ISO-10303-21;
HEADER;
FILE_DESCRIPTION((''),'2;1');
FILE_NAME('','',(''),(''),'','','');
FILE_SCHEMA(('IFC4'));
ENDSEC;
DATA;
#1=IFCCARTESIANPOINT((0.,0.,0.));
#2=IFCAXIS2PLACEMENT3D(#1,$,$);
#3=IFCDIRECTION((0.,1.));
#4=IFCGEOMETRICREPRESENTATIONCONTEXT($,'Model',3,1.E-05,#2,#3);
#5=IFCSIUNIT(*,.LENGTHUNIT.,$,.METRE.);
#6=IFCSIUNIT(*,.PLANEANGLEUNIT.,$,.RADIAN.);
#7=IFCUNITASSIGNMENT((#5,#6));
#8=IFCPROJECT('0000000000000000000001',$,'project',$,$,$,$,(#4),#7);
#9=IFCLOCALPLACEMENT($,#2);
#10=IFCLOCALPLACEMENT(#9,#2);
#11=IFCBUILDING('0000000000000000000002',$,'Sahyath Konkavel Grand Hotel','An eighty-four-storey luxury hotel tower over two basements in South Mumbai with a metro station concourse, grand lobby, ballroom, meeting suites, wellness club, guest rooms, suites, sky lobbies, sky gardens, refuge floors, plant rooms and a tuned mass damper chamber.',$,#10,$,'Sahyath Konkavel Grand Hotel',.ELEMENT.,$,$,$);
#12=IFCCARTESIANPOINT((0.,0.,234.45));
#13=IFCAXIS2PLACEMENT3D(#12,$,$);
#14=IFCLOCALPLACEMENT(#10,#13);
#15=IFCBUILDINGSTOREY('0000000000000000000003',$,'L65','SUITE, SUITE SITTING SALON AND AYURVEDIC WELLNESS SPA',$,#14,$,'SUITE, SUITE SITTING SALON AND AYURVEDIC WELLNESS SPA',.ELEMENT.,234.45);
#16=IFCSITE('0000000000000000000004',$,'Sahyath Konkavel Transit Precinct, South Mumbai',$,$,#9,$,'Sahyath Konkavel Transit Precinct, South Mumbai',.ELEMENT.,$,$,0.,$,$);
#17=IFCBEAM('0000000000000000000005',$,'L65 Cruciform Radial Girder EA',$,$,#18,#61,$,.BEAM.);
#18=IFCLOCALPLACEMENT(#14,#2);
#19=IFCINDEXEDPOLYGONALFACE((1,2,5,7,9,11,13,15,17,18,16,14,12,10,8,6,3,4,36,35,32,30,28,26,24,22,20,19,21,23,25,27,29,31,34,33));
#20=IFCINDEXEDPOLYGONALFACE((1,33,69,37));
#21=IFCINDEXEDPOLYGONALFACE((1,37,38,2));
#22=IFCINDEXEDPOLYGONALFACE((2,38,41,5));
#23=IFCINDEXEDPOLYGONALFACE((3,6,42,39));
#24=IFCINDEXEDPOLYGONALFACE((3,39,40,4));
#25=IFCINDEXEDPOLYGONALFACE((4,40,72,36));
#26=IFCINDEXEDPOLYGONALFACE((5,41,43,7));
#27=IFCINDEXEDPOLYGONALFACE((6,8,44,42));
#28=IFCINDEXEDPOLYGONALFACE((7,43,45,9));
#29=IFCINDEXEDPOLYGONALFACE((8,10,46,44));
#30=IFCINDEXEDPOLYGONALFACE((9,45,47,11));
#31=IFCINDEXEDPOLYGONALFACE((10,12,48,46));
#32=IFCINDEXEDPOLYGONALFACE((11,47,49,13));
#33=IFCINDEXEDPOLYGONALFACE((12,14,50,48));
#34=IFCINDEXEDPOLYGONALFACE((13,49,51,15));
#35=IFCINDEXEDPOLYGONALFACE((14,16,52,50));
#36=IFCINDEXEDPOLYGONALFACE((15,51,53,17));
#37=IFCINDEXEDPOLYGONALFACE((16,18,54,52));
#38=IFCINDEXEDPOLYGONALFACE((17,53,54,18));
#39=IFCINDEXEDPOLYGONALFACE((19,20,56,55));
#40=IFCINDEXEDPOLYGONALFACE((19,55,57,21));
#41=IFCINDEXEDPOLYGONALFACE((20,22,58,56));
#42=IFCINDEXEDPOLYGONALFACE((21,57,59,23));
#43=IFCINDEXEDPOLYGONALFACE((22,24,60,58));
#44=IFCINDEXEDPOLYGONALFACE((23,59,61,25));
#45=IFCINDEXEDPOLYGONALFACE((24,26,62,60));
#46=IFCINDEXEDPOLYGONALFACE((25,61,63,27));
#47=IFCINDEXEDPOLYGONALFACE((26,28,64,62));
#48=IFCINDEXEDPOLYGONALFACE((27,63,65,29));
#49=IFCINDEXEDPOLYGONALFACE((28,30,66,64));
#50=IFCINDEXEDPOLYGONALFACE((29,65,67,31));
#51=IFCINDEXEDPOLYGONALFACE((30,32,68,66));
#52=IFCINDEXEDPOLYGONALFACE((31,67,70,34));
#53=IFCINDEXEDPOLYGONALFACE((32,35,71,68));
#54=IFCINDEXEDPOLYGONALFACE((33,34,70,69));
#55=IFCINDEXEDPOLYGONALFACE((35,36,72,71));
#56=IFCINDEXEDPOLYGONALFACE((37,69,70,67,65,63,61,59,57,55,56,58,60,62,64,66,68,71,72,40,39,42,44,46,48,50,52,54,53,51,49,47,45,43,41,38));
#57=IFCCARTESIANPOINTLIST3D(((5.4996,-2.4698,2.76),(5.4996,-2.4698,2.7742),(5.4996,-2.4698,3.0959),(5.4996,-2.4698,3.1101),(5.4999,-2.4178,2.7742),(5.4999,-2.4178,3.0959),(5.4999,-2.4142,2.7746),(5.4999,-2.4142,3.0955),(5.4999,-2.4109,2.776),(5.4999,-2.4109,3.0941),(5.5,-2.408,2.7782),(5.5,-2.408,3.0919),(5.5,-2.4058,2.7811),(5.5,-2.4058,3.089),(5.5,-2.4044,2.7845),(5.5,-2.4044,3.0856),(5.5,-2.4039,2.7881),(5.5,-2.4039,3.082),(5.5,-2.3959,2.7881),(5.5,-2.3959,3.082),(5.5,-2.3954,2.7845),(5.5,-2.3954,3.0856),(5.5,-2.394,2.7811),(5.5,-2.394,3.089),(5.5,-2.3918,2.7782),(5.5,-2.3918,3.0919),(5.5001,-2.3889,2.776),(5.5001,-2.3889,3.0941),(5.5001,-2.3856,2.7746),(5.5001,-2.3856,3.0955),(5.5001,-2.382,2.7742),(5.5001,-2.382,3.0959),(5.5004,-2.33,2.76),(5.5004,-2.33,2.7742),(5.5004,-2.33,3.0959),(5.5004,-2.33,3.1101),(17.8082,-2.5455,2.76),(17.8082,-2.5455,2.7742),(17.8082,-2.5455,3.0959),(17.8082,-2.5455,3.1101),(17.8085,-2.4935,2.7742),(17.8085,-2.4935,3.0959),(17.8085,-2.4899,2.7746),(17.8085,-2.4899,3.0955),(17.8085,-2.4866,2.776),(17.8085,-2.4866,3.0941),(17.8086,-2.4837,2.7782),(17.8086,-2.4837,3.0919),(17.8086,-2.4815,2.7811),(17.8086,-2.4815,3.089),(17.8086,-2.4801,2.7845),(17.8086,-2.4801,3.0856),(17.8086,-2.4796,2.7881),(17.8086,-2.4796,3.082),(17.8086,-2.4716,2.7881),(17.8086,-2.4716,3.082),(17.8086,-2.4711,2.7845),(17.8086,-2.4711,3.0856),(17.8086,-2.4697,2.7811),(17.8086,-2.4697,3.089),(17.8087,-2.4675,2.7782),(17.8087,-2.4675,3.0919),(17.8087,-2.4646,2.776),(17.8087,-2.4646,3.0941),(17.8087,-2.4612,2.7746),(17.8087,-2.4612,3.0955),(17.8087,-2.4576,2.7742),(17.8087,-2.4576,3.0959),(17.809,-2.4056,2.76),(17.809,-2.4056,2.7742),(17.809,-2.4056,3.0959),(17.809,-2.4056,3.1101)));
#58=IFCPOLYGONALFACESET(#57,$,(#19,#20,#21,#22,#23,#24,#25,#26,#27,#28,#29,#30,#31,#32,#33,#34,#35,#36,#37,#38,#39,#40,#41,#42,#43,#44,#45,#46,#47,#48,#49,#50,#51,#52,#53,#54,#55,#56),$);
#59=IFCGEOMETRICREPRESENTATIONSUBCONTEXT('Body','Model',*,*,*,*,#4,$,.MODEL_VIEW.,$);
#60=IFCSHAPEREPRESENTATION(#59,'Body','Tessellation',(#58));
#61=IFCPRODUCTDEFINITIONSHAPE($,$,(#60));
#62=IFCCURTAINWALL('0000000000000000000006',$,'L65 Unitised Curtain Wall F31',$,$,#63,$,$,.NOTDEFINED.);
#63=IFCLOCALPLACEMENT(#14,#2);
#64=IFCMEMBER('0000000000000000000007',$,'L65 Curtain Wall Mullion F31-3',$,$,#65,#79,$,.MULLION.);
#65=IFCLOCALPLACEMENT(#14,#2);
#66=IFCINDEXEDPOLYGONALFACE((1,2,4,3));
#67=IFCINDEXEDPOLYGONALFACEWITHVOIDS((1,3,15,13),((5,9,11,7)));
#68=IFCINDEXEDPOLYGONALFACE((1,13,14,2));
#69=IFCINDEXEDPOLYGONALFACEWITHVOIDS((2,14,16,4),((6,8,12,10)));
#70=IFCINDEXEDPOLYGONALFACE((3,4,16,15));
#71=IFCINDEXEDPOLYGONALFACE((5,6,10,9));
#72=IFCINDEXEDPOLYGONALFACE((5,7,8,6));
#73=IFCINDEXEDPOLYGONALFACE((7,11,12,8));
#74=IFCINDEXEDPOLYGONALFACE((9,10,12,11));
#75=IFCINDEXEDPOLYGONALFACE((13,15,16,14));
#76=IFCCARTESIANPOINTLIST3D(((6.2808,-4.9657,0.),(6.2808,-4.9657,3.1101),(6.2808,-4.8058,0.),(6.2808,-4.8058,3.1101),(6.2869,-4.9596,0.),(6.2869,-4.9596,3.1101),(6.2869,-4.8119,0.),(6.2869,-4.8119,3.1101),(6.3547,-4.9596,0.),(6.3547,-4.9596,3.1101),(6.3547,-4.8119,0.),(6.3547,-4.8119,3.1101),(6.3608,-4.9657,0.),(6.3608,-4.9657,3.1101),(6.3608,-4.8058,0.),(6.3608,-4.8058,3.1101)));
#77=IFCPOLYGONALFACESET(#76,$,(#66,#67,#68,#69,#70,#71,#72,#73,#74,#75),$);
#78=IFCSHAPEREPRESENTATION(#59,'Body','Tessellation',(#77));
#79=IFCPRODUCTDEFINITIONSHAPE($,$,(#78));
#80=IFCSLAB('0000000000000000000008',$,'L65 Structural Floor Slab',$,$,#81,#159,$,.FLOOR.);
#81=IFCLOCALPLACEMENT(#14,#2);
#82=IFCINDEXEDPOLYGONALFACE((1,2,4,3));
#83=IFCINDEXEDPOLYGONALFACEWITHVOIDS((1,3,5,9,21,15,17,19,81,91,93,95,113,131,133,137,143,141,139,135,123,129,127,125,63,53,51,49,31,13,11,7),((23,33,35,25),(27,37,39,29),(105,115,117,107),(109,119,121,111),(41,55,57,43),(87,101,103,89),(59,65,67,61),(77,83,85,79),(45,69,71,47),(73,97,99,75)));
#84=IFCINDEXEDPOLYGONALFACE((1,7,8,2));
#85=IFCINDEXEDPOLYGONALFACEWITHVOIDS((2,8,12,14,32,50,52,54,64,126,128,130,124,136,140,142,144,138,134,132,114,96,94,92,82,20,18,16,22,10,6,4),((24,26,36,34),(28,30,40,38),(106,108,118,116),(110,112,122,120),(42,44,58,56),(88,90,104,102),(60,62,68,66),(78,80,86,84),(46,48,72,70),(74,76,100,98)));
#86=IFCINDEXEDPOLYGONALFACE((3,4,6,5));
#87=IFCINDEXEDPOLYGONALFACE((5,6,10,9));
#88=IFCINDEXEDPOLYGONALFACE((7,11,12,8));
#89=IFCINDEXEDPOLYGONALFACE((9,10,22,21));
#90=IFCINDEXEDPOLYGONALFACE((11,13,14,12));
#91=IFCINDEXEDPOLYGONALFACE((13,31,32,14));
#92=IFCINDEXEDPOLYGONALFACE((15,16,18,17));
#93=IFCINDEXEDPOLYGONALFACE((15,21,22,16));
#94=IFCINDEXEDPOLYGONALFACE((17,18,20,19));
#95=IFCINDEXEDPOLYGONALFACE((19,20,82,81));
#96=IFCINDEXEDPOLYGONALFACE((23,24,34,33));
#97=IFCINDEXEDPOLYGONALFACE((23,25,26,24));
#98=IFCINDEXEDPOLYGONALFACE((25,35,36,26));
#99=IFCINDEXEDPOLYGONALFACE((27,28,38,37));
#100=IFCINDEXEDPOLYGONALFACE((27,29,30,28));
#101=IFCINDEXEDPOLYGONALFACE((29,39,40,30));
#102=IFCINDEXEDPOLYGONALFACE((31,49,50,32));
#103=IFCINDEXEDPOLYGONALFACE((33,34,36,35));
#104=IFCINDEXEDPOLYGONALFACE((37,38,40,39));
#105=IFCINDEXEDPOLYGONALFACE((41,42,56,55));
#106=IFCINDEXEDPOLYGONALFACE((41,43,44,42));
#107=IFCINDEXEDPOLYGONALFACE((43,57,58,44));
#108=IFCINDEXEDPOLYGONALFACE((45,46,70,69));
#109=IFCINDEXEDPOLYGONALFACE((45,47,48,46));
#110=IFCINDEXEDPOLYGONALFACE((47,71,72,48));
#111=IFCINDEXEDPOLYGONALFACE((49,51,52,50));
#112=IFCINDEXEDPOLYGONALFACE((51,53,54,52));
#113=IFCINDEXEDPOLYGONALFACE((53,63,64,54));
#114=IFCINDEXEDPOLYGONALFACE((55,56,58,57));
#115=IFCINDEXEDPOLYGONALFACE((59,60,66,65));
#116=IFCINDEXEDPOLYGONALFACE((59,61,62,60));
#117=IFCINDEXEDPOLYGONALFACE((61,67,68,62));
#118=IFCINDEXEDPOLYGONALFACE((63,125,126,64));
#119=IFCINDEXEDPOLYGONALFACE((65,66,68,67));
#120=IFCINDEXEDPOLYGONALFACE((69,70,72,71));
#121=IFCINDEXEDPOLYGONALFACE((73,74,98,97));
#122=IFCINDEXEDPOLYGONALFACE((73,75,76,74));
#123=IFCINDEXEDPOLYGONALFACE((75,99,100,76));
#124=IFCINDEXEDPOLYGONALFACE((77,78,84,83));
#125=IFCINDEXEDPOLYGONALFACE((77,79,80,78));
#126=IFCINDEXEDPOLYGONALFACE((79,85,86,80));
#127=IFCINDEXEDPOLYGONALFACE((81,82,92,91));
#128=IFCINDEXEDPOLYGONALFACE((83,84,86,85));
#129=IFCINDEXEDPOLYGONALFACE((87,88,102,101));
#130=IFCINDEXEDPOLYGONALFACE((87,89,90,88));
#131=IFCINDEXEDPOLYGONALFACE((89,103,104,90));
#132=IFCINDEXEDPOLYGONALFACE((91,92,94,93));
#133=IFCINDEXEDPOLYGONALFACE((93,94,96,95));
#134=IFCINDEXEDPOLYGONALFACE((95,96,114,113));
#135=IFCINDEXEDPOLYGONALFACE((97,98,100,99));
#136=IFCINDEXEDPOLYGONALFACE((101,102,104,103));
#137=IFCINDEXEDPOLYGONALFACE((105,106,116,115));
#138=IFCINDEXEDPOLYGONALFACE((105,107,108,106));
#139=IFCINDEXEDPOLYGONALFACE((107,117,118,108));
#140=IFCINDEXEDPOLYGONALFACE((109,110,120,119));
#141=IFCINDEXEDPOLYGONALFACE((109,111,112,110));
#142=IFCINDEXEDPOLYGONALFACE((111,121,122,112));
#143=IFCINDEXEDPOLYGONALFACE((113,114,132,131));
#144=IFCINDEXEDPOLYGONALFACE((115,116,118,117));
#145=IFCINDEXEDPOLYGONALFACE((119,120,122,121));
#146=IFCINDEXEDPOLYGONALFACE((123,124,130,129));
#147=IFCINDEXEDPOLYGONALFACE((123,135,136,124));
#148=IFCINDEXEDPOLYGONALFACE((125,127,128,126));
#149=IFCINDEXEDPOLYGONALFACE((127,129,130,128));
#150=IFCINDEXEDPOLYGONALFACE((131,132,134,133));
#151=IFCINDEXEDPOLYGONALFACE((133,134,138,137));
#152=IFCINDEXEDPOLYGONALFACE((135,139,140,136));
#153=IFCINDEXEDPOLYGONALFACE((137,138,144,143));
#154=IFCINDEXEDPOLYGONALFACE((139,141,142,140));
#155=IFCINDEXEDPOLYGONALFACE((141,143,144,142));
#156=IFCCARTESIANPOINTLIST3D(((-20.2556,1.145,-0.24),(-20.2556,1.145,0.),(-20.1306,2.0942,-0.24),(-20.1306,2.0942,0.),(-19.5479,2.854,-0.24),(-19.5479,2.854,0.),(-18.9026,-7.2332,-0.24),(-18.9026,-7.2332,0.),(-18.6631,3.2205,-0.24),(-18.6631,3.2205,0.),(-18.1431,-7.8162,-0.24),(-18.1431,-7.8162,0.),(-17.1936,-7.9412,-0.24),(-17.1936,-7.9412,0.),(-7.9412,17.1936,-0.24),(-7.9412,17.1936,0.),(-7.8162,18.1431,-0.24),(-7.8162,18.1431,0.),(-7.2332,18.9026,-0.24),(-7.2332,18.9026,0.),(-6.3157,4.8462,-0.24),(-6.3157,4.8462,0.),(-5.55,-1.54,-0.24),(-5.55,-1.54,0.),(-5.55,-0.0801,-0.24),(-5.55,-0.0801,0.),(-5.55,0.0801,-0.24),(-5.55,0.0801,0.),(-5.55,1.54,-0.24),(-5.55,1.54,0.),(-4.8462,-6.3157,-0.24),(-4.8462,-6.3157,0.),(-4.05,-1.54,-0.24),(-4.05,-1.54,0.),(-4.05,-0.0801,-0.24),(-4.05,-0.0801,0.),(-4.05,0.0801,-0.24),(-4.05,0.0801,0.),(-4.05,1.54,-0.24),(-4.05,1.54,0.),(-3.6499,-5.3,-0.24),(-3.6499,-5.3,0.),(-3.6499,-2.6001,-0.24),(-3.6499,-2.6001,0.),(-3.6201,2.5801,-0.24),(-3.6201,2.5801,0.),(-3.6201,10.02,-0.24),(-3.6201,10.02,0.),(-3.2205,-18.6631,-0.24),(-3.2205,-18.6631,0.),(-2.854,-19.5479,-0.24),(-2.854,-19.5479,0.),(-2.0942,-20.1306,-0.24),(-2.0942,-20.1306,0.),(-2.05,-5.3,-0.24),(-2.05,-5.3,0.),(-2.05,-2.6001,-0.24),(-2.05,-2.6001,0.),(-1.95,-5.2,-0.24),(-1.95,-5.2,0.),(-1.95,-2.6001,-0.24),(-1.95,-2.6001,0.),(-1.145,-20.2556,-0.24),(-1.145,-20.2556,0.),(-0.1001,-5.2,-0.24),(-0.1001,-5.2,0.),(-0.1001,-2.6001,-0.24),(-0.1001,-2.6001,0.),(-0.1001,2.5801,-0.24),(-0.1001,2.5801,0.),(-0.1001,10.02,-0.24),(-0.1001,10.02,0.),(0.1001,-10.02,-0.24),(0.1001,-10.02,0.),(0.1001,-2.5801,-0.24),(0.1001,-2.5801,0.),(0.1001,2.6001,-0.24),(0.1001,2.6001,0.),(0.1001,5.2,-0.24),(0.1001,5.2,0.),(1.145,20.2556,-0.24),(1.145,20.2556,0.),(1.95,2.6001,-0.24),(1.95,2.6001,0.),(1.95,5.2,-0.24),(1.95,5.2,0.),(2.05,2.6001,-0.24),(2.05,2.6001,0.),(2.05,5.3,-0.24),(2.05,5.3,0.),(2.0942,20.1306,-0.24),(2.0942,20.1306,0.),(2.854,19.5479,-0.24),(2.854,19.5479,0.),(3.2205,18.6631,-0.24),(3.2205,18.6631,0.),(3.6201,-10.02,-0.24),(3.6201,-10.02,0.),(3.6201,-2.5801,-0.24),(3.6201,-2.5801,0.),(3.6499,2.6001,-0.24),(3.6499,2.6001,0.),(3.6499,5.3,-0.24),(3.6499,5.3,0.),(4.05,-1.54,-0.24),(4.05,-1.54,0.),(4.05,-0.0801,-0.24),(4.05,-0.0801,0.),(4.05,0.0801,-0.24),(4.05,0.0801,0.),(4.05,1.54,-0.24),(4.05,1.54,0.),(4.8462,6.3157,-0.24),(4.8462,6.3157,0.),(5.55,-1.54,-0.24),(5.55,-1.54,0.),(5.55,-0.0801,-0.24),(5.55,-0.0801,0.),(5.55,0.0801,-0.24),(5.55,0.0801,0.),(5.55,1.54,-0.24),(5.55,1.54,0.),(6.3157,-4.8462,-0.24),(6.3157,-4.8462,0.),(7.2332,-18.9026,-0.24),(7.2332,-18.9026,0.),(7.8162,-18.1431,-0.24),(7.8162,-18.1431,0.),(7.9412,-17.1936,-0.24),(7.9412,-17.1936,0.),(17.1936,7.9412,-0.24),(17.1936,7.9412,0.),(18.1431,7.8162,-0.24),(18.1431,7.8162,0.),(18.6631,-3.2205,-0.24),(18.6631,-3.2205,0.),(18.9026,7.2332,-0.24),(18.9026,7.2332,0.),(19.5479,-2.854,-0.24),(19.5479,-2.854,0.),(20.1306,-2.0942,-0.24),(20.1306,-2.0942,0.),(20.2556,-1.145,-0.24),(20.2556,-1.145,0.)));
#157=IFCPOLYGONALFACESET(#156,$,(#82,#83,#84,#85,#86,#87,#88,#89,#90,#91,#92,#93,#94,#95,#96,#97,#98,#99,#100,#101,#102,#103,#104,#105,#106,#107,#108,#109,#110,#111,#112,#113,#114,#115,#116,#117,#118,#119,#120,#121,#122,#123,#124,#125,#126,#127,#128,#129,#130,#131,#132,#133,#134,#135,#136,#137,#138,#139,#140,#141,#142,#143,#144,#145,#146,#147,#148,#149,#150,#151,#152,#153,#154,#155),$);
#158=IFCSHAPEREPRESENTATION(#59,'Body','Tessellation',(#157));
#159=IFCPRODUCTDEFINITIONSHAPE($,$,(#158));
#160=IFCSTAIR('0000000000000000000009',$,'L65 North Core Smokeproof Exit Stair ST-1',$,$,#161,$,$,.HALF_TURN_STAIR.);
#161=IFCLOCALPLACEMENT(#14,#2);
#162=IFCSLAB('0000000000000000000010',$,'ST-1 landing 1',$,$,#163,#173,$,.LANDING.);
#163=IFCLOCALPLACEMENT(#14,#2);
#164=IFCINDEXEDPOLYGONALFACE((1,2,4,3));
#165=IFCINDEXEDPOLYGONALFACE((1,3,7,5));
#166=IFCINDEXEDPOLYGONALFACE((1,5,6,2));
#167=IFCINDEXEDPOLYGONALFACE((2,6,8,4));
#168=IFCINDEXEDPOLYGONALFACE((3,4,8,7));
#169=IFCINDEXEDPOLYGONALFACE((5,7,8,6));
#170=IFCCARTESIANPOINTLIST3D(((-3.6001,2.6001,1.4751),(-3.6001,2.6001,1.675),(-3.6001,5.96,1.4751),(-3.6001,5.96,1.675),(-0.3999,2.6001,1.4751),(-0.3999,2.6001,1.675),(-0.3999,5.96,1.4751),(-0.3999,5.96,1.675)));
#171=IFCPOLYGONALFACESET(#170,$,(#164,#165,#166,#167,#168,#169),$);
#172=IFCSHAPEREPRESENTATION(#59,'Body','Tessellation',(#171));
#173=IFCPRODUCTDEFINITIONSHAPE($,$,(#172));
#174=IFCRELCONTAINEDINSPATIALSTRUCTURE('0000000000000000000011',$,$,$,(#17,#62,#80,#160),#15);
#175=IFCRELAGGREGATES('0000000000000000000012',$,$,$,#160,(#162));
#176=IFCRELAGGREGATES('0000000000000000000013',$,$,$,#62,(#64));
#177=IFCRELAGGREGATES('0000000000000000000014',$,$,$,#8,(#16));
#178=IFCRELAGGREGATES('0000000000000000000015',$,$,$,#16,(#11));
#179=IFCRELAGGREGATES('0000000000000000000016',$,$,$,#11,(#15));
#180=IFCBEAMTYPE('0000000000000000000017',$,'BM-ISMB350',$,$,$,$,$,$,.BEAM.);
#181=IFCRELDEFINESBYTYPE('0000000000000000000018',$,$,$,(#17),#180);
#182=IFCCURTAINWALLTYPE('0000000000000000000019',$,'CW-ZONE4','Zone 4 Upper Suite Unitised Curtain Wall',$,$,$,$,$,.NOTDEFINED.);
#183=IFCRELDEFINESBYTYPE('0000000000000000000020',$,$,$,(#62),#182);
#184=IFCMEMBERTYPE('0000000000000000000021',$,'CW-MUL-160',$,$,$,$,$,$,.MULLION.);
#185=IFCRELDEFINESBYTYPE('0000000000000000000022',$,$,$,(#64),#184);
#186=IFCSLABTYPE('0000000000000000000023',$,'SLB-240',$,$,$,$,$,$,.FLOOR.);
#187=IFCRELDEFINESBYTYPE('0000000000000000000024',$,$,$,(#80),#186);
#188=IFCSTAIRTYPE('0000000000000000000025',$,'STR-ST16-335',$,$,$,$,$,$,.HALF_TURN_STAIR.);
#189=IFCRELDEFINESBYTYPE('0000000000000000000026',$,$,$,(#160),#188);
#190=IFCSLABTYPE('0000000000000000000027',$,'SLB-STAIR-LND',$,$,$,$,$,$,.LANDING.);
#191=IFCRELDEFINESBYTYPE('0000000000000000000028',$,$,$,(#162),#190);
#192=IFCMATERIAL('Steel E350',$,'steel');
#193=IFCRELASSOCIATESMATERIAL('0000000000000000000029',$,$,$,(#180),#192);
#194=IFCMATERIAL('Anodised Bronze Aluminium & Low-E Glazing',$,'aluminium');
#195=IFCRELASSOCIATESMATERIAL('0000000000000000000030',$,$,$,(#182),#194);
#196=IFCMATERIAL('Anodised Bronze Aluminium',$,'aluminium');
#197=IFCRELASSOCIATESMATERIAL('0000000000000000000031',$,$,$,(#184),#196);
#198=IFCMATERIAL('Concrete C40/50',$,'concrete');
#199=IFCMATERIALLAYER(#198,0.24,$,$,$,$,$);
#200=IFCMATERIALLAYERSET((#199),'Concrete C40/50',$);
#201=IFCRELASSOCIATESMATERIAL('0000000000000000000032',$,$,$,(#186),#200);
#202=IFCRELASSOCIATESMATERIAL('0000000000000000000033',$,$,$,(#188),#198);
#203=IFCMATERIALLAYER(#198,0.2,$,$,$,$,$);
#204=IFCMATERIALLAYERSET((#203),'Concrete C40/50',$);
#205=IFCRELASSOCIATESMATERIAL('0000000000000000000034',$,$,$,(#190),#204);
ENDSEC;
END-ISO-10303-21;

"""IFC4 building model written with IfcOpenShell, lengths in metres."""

from ifc_helpers import new_model, si_unit, direction, frame, origin, origin_2d, place, context, subcontext, project, spatial, polyline, hollow_rectangle, i_section, outline, extrude, source, transform, mapped, material, layer, layer_set, material_profile, profile_set, type_object, element, aggregate, save


model = new_model("IFC4")

# Units and contexts
model_context = context("Model", 3, precision=1e-05, world=origin(), true_north=direction((0.0, 1.0)))
body_context = subcontext(model_context, "Body", "Model", "MODEL_VIEW")
ifc_project = project(units=[si_unit("LENGTHUNIT", "METRE"), si_unit("PLANEANGLEUNIT", "RADIAN")], contexts=[model_context])

# Site, building, storey
site_placement = place(None, origin())
site = spatial("IfcSite", under=ifc_project, at=site_placement, Name="Sahyath Konkavel Transit Precinct, South Mumbai", LongName="Sahyath Konkavel Transit Precinct, South Mumbai", CompositionType="ELEMENT", RefElevation=0.0)
building_placement = place(site_placement, origin())
building = spatial("IfcBuilding", under=site, at=building_placement, Name="Sahyath Konkavel Grand Hotel", Description="An eighty-four-storey luxury hotel tower over two basements in South Mumbai with a metro station concourse, grand lobby, ballroom, meeting suites, wellness club, guest rooms, suites, sky lobbies, sky gardens, refuge floors, plant rooms and a tuned mass damper chamber.", LongName="Sahyath Konkavel Grand Hotel", CompositionType="ELEMENT")
storey_placement = place(building_placement, frame((0.0, 0.0, 234.45)))
storey = spatial("IfcBuildingStorey", under=building, at=storey_placement, Name="L65", Description="SUITE, SUITE SITTING SALON AND AYURVEDIC WELLNESS SPA", LongName="SUITE, SUITE SITTING SALON AND AYURVEDIC WELLNESS SPA", CompositionType="ELEMENT", Elevation=234.45)

# Shared definitions
ifc_material_1 = material(Name="Concrete C40/50", Category="concrete")

# Beam
ifc_material_2 = material(Name="Steel E350", Category="steel")
ifc_material_profile_1 = material_profile(ifc_material_2, i_section(OverallWidth=0.1399, OverallDepth=0.3501, WebThickness=0.0081, FlangeThickness=0.0142, FilletRadius=0.0139, at=origin_2d()), Name="ISMB 350")
ifc_profile_set_1 = profile_set([ifc_material_profile_1], Name="Steel E350")
beam_type_1 = type_object("IfcBeamType", Name="BM-ISMB350", PredefinedType="BEAM", material=ifc_profile_set_1)
shared_shape_1 = source(origin(), body_context, "Body", "SweptSolid", [
    extrude(i_section(OverallWidth=0.1399, OverallDepth=0.3501, WebThickness=0.0081, FlangeThickness=0.0142, FilletRadius=0.0139, at=origin_2d()), origin(), (0.0, 0.0, 1.0), 12.3088),
])
beam_1_placement = place(storey_placement, frame((5.5, -2.3999, 2.9351), z_axis=(0.999981, -0.006149, 0.0), x_axis=(0.006149, 0.999981, 0.0)))
element("IfcBeam", 1, at=beam_1_placement, inside=storey, type_object=beam_type_1, Name="L65 Cruciform Radial Girder EA", PredefinedType="BEAM", context=body_context, shape_type="MappedRepresentation", body=[
    mapped(shared_shape_1, transform((0.0, 0.0, 0.0), scale=1.0)),
])

# Curtain wall, member
ifc_material_3 = material(Name="Anodised Bronze Aluminium & Low-E Glazing", Category="aluminium")
curtain_wall_type = type_object("IfcCurtainWallType", Name="CW-ZONE4", Description="Zone 4 Upper Suite Unitised Curtain Wall", PredefinedType="NOTDEFINED", material=ifc_material_3)
curtain_wall_placement = place(storey_placement, origin())
curtain_wall = element("IfcCurtainWall", 2, at=curtain_wall_placement, inside=storey, type_object=curtain_wall_type, Name="L65 Unitised Curtain Wall F31", PredefinedType="NOTDEFINED")
ifc_material_4 = material(Name="Anodised Bronze Aluminium", Category="aluminium")
ifc_material_profile_2 = material_profile(ifc_material_4, hollow_rectangle(XDim=0.0801, YDim=0.1599, WallThickness=0.0061, at=origin_2d()), Name="RHS 160x80x6")
ifc_profile_set_2 = profile_set([ifc_material_profile_2], Name="Anodised Bronze Aluminium")
member_type = type_object("IfcMemberType", Name="CW-MUL-160", PredefinedType="MULLION", material=ifc_profile_set_2)
shared_shape_2 = source(origin(), body_context, "Body", "SweptSolid", [
    extrude(hollow_rectangle(XDim=0.0801, YDim=0.1599, WallThickness=0.0061, at=origin_2d()), origin(), (0.0, 0.0, 1.0), 3.1101),
])
member_placement = place(storey_placement, frame((6.3208, -4.8857, 0.0), z_axis=(0.0, 0.0, 1.0), x_axis=(1.0, 0.0, 0.0)))
member = element("IfcMember", 3, at=member_placement, type_object=member_type, Name="L65 Curtain Wall Mullion F31-3", PredefinedType="MULLION", context=body_context, shape_type="MappedRepresentation", body=[
    mapped(shared_shape_2, transform((0.0, 0.0, 0.0), scale=1.0)),
])

# Slab
ifc_layer_1 = layer(ifc_material_1, 0.24)
ifc_layer_set_1 = layer_set([ifc_layer_1], Name="Concrete C40/50")
slab_type_1 = type_object("IfcSlabType", Name="SLB-240", PredefinedType="FLOOR", material=ifc_layer_set_1)
slab_1_placement = place(storey_placement, frame((0.0, 0.0, -0.24)))
element("IfcSlab", 4, at=slab_1_placement, inside=storey, type_object=slab_type_1, Name="L65 Structural Floor Slab", PredefinedType="FLOOR", context=body_context, shape_type="SweptSolid", body=[
    extrude(outline(polyline([(6.3157, -4.8462), (18.6631, -3.2205), (19.5479, -2.854), (20.1306, -2.0942), (20.2556, -1.145), (18.9026, 7.2332), (18.1431, 7.8162), (17.1936, 7.9412), (4.8462, 6.3157), (3.2205, 18.6631), (2.854, 19.5479), (2.0942, 20.1306), (1.145, 20.2556), (-7.2332, 18.9026), (-7.8162, 18.1431), (-7.9412, 17.1936), (-6.3157, 4.8462), (-18.6631, 3.2205), (-19.5479, 2.854), (-20.1306, 2.0942), (-20.2556, 1.145), (-18.9026, -7.2332), (-18.1431, -7.8162), (-17.1936, -7.9412), (-4.8462, -6.3157), (-3.2205, -18.6631), (-2.854, -19.5479), (-2.0942, -20.1306), (-1.145, -20.2556), (7.2332, -18.9026), (7.8162, -18.1431), (7.9412, -17.1936), (6.3157, -4.8462)]), holes=[polyline([(-3.6201, 2.5801), (-0.1001, 2.5801), (-0.1001, 10.02), (-3.6201, 10.02), (-3.6201, 2.5801)]), polyline([(0.1001, -10.02), (3.6201, -10.02), (3.6201, -2.5801), (0.1001, -2.5801), (0.1001, -10.02)]), polyline([(0.1001, 2.6001), (1.95, 2.6001), (1.95, 5.2), (0.1001, 5.2), (0.1001, 2.6001)]), polyline([(-1.95, -5.2), (-0.1001, -5.2), (-0.1001, -2.6001), (-1.95, -2.6001), (-1.95, -5.2)]), polyline([(2.05, 2.6001), (3.6499, 2.6001), (3.6499, 5.3), (2.05, 5.3), (2.05, 2.6001)]), polyline([(-3.6499, -5.3), (-2.05, -5.3), (-2.05, -2.6001), (-3.6499, -2.6001), (-3.6499, -5.3)]), polyline([(4.05, 0.0801), (5.55, 0.0801), (5.55, 1.54), (4.05, 1.54), (4.05, 0.0801)]), polyline([(4.05, -1.54), (5.55, -1.54), (5.55, -0.0801), (4.05, -0.0801), (4.05, -1.54)]), polyline([(-5.55, 0.0801), (-4.05, 0.0801), (-4.05, 1.54), (-5.55, 1.54), (-5.55, 0.0801)]), polyline([(-5.55, -1.54), (-4.05, -1.54), (-4.05, -0.0801), (-5.55, -0.0801), (-5.55, -1.54)])]), origin(), (0.0, 0.0, 1.0), 0.24),
])

# Stair, slab
stair_type = type_object("IfcStairType", Name="STR-ST16-335", PredefinedType="HALF_TURN_STAIR", material=ifc_material_1)
stair_1_placement = place(storey_placement, origin())
stair_1 = element("IfcStair", 5, at=stair_1_placement, inside=storey, type_object=stair_type, Name="L65 North Core Smokeproof Exit Stair ST-1", PredefinedType="HALF_TURN_STAIR")
ifc_layer_2 = layer(ifc_material_1, 0.2)
ifc_layer_set_2 = layer_set([ifc_layer_2], Name="Concrete C40/50")
slab_type_2 = type_object("IfcSlabType", Name="SLB-STAIR-LND", PredefinedType="LANDING", material=ifc_layer_set_2)
slab_2_placement = place(storey_placement, frame((0.0, 0.0, 1.4751)))
slab_2 = element("IfcSlab", 6, at=slab_2_placement, type_object=slab_type_2, Name="ST-1 landing 1", PredefinedType="LANDING", context=body_context, shape_type="SweptSolid", body=[
    extrude(outline(polyline([(-3.6001, 5.96), (-3.6001, 2.6001), (-0.3999, 2.6001), (-0.3999, 5.96), (-3.6001, 5.96)])), origin(), (0.0, 0.0, 1.0), 0.2),
])
aggregate(stair_1, [slab_2])

aggregate(curtain_wall, [member])

save(model, "model.ifc")
